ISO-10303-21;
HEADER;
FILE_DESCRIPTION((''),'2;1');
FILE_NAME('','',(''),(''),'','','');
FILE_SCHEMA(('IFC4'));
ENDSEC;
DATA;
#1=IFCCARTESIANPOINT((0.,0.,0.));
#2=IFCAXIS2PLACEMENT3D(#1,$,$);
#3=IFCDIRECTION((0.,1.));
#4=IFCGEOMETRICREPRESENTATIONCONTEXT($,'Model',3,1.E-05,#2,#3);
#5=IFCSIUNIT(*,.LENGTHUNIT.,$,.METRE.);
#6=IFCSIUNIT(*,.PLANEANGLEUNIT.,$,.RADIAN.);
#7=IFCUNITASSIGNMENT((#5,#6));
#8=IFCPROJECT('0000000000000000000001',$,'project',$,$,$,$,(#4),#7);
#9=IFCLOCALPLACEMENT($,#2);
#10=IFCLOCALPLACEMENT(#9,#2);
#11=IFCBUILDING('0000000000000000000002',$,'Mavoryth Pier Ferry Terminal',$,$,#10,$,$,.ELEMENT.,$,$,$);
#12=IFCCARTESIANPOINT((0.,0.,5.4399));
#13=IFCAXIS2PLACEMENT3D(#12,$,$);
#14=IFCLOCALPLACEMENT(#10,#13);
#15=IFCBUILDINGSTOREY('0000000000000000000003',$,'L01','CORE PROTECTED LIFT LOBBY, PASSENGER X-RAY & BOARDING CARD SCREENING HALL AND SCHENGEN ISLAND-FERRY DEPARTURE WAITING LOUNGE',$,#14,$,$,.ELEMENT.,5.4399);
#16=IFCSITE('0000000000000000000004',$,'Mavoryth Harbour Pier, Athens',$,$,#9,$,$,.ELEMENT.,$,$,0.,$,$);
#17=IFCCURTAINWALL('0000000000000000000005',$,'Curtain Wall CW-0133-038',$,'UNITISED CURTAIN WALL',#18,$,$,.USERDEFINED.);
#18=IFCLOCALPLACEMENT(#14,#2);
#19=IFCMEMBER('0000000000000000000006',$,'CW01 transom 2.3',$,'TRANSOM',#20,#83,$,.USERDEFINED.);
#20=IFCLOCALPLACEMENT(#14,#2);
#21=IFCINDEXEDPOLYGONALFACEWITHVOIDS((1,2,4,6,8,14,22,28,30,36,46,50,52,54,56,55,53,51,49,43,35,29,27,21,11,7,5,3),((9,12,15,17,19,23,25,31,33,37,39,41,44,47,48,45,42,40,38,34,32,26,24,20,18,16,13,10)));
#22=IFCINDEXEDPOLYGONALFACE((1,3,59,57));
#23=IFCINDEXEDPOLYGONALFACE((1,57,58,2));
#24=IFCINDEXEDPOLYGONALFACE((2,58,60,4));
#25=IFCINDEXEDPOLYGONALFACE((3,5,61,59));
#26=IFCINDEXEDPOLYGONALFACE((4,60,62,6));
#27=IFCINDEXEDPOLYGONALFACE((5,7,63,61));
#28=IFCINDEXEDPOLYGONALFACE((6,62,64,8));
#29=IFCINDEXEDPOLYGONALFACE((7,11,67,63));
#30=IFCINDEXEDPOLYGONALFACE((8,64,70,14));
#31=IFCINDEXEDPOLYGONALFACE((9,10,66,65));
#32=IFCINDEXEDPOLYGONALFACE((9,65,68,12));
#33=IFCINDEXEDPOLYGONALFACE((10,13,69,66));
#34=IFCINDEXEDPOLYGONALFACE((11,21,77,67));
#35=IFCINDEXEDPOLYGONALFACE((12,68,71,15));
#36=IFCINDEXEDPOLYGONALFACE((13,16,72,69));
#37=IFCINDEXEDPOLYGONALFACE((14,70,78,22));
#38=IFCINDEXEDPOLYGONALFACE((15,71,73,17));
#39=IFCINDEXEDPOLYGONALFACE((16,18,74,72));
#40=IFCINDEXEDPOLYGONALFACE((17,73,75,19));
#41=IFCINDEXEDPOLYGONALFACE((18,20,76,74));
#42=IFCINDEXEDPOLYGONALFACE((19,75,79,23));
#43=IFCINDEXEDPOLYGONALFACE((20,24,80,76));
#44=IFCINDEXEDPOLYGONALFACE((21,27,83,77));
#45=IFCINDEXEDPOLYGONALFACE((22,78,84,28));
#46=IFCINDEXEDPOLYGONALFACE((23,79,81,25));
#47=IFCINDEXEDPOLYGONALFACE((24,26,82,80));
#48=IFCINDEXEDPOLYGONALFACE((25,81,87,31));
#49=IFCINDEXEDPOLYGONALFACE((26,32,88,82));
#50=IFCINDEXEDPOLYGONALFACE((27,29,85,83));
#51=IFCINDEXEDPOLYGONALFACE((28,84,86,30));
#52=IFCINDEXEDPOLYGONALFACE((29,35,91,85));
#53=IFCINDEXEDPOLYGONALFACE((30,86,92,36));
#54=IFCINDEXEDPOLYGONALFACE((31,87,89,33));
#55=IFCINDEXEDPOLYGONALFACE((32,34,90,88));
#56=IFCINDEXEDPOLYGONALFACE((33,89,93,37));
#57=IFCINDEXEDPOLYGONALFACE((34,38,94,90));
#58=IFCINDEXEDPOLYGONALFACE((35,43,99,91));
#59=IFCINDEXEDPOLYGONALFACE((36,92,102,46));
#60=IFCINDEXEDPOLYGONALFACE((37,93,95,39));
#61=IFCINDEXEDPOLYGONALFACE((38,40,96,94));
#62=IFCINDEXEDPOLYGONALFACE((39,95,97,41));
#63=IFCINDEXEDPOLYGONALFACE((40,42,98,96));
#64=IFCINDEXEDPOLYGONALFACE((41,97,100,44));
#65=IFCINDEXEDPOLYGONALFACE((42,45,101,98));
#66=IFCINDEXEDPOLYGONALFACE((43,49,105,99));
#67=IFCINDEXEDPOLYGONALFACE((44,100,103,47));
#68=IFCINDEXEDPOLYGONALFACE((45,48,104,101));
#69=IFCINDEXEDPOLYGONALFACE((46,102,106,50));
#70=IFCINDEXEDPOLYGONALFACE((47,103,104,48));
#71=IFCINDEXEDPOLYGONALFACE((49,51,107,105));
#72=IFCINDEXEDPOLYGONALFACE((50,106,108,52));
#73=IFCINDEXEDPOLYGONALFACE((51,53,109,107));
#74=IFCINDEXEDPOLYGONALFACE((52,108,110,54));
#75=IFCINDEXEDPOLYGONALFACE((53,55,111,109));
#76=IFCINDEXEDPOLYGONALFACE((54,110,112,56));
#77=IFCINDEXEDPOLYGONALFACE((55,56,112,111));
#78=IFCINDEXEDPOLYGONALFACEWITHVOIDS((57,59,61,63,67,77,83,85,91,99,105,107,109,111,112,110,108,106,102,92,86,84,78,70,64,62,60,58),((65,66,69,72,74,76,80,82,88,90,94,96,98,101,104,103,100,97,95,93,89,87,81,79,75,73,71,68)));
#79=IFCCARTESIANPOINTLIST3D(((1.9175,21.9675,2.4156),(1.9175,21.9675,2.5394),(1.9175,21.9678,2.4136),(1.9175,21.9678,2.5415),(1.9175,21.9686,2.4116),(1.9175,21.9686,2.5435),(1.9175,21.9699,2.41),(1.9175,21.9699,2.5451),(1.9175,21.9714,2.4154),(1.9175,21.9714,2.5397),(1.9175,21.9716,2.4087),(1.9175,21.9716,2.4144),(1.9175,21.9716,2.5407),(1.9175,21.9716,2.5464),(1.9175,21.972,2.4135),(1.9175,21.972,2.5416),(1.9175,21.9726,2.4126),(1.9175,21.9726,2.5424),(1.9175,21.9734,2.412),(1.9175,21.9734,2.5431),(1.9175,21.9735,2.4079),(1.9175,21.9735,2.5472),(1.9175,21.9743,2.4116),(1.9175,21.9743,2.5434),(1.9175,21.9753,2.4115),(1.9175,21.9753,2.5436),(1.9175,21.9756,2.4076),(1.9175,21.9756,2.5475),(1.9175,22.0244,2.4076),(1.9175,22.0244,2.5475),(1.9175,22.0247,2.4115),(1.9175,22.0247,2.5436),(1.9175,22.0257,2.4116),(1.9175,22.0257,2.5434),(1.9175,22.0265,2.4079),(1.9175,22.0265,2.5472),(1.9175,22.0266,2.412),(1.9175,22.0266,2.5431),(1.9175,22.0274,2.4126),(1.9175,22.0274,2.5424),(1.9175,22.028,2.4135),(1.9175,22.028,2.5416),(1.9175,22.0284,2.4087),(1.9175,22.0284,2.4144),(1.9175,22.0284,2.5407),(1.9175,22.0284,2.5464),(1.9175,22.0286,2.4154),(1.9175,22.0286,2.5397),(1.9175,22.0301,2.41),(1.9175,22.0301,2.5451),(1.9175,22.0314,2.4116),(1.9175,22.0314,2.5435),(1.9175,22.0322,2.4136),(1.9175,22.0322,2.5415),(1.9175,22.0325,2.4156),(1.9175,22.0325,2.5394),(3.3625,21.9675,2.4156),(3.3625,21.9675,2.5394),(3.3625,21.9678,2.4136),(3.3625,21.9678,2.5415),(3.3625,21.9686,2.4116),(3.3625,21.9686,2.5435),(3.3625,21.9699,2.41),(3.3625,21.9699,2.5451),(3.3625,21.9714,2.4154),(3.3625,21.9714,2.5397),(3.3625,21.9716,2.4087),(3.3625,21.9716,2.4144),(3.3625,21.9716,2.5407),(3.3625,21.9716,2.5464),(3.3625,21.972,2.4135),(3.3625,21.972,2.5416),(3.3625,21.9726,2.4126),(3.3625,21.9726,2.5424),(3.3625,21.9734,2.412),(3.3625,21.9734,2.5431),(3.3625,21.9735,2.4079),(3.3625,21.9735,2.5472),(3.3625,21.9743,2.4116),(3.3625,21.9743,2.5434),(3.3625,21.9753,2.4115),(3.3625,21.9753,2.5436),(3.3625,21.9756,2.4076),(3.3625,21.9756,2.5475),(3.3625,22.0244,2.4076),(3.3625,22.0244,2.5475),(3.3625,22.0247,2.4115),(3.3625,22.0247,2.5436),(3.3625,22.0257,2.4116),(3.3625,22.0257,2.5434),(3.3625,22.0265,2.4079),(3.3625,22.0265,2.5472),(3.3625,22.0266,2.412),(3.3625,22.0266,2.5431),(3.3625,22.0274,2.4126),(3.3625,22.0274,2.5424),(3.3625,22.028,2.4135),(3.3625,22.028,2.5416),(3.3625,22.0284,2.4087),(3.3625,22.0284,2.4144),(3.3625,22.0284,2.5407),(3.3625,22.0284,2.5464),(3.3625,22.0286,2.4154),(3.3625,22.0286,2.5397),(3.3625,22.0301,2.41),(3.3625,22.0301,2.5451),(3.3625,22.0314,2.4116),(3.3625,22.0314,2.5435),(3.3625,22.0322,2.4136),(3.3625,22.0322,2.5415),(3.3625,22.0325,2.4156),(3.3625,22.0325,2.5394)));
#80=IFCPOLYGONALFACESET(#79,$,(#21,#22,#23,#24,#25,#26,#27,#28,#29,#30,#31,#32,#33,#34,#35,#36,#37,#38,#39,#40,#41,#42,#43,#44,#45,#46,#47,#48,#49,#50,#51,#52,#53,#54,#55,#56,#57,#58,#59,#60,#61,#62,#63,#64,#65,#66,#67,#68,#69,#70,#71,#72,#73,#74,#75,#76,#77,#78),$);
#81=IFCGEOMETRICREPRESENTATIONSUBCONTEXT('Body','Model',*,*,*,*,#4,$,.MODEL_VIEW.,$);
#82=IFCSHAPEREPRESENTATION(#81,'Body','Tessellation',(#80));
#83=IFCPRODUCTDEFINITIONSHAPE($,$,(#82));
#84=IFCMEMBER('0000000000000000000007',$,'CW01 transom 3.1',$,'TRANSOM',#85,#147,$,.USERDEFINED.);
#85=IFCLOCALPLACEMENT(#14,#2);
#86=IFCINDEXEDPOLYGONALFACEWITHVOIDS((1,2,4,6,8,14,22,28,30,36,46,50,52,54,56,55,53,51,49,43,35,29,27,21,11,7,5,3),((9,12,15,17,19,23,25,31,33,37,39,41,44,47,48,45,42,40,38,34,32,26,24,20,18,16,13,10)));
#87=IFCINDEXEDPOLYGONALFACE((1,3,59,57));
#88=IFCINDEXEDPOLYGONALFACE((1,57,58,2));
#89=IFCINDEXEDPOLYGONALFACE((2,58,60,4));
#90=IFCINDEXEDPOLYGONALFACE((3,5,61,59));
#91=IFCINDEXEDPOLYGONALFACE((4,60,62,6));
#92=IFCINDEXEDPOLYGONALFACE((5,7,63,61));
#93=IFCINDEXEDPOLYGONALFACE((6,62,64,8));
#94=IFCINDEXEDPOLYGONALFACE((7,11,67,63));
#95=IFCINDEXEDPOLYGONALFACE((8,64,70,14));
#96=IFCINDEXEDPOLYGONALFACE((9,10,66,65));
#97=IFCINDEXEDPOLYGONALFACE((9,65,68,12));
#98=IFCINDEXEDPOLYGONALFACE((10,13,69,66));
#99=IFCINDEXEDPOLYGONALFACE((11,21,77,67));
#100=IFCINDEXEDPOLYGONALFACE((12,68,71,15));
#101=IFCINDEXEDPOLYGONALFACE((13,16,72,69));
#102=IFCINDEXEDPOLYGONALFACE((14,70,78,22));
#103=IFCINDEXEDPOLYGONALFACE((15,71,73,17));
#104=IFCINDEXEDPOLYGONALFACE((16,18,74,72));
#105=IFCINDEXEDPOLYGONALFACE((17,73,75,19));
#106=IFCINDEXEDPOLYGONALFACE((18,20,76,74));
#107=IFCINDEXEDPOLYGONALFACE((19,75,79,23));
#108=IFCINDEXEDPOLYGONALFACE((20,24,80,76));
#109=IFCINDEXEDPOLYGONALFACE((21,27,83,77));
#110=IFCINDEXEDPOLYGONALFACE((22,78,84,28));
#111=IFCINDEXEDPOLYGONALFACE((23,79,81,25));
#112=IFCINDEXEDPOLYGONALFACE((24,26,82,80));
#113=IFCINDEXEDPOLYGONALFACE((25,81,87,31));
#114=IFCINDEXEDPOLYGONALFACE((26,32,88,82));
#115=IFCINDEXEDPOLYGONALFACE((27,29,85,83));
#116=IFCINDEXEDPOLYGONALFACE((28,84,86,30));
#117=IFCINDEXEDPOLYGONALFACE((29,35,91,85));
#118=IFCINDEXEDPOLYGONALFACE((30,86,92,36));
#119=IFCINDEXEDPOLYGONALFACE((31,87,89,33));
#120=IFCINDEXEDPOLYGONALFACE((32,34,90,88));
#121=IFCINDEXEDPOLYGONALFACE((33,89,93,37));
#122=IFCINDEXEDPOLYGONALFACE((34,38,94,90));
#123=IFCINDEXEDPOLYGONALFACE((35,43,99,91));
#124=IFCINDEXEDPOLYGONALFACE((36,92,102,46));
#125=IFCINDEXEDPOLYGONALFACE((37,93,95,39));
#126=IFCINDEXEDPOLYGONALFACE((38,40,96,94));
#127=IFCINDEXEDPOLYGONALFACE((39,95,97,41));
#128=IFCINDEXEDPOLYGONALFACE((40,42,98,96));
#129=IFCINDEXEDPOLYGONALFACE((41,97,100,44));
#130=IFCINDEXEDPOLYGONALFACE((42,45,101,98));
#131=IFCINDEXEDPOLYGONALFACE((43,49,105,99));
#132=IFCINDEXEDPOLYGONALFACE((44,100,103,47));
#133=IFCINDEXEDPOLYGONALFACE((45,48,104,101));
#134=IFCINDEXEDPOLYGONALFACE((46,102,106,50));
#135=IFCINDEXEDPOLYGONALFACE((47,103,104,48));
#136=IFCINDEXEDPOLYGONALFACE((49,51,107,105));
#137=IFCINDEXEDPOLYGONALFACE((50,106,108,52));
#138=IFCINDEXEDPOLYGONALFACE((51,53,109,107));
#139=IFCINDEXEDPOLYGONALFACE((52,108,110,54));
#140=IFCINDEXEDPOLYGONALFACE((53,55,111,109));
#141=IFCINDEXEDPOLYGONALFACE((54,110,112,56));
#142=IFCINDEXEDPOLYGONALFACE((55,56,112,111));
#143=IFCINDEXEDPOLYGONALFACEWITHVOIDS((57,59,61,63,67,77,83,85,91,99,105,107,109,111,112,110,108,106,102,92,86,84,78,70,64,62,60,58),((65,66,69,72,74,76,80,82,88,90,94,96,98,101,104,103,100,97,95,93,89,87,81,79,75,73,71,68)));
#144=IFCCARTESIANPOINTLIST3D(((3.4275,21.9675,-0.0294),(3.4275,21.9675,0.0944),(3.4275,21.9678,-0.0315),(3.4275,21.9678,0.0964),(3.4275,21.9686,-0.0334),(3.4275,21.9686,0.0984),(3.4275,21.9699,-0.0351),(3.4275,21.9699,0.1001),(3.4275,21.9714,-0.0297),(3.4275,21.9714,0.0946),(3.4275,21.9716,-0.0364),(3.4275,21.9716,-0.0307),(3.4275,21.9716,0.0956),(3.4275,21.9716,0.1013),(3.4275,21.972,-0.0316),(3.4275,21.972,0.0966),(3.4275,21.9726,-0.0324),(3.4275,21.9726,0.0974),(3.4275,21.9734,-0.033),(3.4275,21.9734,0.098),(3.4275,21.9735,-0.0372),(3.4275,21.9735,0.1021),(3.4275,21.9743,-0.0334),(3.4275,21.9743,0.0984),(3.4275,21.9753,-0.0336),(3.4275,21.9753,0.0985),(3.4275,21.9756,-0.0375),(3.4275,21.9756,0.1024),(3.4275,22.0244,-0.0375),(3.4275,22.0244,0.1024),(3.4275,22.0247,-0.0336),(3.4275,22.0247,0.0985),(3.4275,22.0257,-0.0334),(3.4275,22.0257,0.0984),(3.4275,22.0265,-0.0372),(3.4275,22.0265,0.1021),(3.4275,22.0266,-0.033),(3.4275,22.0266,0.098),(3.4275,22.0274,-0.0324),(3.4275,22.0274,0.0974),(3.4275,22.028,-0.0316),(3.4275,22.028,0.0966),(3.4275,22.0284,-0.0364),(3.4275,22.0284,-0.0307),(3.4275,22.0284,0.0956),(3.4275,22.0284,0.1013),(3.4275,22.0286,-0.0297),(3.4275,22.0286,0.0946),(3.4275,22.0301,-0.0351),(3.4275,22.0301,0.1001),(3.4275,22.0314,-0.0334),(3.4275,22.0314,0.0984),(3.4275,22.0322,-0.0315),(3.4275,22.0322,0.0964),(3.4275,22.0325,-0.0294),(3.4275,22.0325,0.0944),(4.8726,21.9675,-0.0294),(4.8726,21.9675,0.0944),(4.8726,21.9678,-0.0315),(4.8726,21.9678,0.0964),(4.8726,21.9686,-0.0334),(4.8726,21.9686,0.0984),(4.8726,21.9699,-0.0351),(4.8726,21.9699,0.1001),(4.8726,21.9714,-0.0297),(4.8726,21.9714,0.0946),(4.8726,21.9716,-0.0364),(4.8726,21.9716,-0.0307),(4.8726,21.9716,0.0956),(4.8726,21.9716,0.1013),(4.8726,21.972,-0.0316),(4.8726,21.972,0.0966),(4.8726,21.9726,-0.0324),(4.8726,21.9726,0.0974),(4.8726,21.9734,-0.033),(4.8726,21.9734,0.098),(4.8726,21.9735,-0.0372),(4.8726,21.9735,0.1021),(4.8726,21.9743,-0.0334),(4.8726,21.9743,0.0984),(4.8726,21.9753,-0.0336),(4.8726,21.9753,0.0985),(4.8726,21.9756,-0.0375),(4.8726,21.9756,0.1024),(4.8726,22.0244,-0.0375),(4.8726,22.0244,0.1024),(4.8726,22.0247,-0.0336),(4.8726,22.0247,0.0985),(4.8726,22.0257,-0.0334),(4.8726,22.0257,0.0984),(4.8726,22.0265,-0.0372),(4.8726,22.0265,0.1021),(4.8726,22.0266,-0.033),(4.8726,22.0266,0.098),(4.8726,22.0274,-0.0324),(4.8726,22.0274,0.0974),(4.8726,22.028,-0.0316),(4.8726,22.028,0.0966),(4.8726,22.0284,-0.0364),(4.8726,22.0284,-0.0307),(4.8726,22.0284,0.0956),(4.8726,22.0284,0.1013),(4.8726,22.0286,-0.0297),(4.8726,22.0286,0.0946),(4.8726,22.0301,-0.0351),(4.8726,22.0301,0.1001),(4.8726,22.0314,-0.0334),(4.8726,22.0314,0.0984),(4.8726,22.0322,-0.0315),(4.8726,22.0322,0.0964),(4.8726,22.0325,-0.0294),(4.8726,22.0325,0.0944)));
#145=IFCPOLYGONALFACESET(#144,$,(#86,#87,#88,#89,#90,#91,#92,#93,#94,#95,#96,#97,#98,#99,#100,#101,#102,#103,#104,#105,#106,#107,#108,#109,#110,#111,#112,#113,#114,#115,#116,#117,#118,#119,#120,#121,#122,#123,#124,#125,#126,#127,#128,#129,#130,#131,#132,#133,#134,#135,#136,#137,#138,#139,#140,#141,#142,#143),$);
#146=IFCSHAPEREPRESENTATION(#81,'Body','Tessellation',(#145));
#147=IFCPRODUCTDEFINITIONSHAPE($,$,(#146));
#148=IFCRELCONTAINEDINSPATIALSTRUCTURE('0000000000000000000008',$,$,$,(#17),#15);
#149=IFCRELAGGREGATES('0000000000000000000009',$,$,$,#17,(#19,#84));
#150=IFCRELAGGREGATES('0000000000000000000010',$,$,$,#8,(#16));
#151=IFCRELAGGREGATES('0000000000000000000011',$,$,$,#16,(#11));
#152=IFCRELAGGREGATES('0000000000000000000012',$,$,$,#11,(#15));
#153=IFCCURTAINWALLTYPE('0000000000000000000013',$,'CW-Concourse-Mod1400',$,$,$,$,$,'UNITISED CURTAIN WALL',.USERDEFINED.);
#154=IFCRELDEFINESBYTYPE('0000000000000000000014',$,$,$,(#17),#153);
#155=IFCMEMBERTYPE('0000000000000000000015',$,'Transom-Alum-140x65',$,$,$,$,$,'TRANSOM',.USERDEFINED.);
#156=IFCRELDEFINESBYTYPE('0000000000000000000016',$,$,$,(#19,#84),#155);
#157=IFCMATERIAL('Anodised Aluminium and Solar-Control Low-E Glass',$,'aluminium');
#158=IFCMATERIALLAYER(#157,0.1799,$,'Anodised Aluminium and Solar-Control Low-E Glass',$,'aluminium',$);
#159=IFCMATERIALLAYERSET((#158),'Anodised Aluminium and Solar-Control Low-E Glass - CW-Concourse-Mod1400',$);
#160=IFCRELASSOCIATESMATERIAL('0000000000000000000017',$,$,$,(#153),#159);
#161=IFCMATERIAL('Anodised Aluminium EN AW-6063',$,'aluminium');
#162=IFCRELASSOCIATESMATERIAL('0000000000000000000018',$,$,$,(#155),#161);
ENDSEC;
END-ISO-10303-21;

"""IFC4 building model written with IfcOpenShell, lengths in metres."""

from ifc_helpers import new_model, si_unit, direction, frame, origin, origin_2d, place, context, subcontext, project, spatial, hollow_rectangle, extrude, material, layer, layer_set, material_profile, profile_set, type_object, element, aggregate, save


model = new_model("IFC4")

# Units and contexts
model_context = context("Model", 3, precision=1e-05, world=origin(), true_north=direction((0.0, 1.0)))
body_context = subcontext(model_context, "Body", "Model", "MODEL_VIEW")
ifc_project = project(units=[si_unit("LENGTHUNIT", "METRE"), si_unit("PLANEANGLEUNIT", "RADIAN")], contexts=[model_context])

# Site, building, storey
site_placement = place(None, origin())
site = spatial("IfcSite", under=ifc_project, at=site_placement, Name="Mavoryth Harbour Pier, Athens", CompositionType="ELEMENT", RefElevation=0.0)
building_placement = place(site_placement, origin())
building = spatial("IfcBuilding", under=site, at=building_placement, Name="Mavoryth Pier Ferry Terminal", CompositionType="ELEMENT")
storey_placement = place(building_placement, frame((0.0, 0.0, 5.4399)))
storey = spatial("IfcBuildingStorey", under=building, at=storey_placement, Name="L01", Description="CORE PROTECTED LIFT LOBBY, PASSENGER X-RAY & BOARDING CARD SCREENING HALL AND SCHENGEN ISLAND-FERRY DEPARTURE WAITING LOUNGE", CompositionType="ELEMENT", Elevation=5.4399)

# Curtain wall
ifc_material_1 = material(Name="Anodised Aluminium and Solar-Control Low-E Glass", Category="aluminium")
ifc_layer_1 = layer(ifc_material_1, 0.1799, Name="Anodised Aluminium and Solar-Control Low-E Glass", Category="aluminium")
ifc_layer_set_1 = layer_set([ifc_layer_1], Name="Anodised Aluminium and Solar-Control Low-E Glass - CW-Concourse-Mod1400")
curtain_wall_type = type_object("IfcCurtainWallType", Name="CW-Concourse-Mod1400", ElementType="UNITISED CURTAIN WALL", PredefinedType="USERDEFINED", material=ifc_layer_set_1)
curtain_wall_placement = place(storey_placement, origin())
curtain_wall = element("IfcCurtainWall", 1, at=curtain_wall_placement, inside=storey, type_object=curtain_wall_type, Name="Curtain Wall CW-0133-038", ObjectType="UNITISED CURTAIN WALL", PredefinedType="USERDEFINED")
ifc_material_2 = material(Name="Anodised Aluminium EN AW-6063", Category="aluminium")

# Members
ifc_material_profile_1 = material_profile(ifc_material_2, hollow_rectangle(XDim=0.0649, YDim=0.1399, WallThickness=0.0039, InnerFilletRadius=0.0039, OuterFilletRadius=0.0081, at=origin_2d()), Name="AL-TRAN 140x65x4", Category="aluminium")
ifc_profile_set_1 = profile_set([ifc_material_profile_1], Name="Anodised Aluminium EN AW-6063 - AL-TRAN 140x65x4")
member_type_1 = type_object("IfcMemberType", Name="Transom-Alum-140x65", ElementType="TRANSOM", PredefinedType="USERDEFINED", material=ifc_profile_set_1)
member_1_placement = place(storey_placement, frame((1.9175, 22.0, 2.4775), z_axis=(1.0, 0.0, 0.0), x_axis=(0.0, 1.0, 0.0)))
member_1 = element("IfcMember", 2, at=member_1_placement, type_object=member_type_1, Name="CW01 transom 2.3", ObjectType="TRANSOM", PredefinedType="USERDEFINED", context=body_context, shape_type="SweptSolid", body=[
    extrude(hollow_rectangle(XDim=0.0649, YDim=0.1399, WallThickness=0.0039, InnerFilletRadius=0.0039, OuterFilletRadius=0.0081, at=origin_2d()), origin(), (0.0, 0.0, 1.0), 1.4451),
])
member_2_placement = place(storey_placement, frame((3.4275, 22.0, 0.0325), z_axis=(1.0, 0.0, 0.0), x_axis=(0.0, 1.0, 0.0)))
member_2 = element("IfcMember", 3, at=member_2_placement, type_object=member_type_1, Name="CW01 transom 3.1", ObjectType="TRANSOM", PredefinedType="USERDEFINED", context=body_context, shape_type="SweptSolid", body=[
    extrude(hollow_rectangle(XDim=0.0649, YDim=0.1399, WallThickness=0.0039, InnerFilletRadius=0.0039, OuterFilletRadius=0.0081, at=origin_2d()), origin(), (0.0, 0.0, 1.0), 1.4451),
])

aggregate(curtain_wall, [member_1, member_2])

save(model, "model.ifc")
